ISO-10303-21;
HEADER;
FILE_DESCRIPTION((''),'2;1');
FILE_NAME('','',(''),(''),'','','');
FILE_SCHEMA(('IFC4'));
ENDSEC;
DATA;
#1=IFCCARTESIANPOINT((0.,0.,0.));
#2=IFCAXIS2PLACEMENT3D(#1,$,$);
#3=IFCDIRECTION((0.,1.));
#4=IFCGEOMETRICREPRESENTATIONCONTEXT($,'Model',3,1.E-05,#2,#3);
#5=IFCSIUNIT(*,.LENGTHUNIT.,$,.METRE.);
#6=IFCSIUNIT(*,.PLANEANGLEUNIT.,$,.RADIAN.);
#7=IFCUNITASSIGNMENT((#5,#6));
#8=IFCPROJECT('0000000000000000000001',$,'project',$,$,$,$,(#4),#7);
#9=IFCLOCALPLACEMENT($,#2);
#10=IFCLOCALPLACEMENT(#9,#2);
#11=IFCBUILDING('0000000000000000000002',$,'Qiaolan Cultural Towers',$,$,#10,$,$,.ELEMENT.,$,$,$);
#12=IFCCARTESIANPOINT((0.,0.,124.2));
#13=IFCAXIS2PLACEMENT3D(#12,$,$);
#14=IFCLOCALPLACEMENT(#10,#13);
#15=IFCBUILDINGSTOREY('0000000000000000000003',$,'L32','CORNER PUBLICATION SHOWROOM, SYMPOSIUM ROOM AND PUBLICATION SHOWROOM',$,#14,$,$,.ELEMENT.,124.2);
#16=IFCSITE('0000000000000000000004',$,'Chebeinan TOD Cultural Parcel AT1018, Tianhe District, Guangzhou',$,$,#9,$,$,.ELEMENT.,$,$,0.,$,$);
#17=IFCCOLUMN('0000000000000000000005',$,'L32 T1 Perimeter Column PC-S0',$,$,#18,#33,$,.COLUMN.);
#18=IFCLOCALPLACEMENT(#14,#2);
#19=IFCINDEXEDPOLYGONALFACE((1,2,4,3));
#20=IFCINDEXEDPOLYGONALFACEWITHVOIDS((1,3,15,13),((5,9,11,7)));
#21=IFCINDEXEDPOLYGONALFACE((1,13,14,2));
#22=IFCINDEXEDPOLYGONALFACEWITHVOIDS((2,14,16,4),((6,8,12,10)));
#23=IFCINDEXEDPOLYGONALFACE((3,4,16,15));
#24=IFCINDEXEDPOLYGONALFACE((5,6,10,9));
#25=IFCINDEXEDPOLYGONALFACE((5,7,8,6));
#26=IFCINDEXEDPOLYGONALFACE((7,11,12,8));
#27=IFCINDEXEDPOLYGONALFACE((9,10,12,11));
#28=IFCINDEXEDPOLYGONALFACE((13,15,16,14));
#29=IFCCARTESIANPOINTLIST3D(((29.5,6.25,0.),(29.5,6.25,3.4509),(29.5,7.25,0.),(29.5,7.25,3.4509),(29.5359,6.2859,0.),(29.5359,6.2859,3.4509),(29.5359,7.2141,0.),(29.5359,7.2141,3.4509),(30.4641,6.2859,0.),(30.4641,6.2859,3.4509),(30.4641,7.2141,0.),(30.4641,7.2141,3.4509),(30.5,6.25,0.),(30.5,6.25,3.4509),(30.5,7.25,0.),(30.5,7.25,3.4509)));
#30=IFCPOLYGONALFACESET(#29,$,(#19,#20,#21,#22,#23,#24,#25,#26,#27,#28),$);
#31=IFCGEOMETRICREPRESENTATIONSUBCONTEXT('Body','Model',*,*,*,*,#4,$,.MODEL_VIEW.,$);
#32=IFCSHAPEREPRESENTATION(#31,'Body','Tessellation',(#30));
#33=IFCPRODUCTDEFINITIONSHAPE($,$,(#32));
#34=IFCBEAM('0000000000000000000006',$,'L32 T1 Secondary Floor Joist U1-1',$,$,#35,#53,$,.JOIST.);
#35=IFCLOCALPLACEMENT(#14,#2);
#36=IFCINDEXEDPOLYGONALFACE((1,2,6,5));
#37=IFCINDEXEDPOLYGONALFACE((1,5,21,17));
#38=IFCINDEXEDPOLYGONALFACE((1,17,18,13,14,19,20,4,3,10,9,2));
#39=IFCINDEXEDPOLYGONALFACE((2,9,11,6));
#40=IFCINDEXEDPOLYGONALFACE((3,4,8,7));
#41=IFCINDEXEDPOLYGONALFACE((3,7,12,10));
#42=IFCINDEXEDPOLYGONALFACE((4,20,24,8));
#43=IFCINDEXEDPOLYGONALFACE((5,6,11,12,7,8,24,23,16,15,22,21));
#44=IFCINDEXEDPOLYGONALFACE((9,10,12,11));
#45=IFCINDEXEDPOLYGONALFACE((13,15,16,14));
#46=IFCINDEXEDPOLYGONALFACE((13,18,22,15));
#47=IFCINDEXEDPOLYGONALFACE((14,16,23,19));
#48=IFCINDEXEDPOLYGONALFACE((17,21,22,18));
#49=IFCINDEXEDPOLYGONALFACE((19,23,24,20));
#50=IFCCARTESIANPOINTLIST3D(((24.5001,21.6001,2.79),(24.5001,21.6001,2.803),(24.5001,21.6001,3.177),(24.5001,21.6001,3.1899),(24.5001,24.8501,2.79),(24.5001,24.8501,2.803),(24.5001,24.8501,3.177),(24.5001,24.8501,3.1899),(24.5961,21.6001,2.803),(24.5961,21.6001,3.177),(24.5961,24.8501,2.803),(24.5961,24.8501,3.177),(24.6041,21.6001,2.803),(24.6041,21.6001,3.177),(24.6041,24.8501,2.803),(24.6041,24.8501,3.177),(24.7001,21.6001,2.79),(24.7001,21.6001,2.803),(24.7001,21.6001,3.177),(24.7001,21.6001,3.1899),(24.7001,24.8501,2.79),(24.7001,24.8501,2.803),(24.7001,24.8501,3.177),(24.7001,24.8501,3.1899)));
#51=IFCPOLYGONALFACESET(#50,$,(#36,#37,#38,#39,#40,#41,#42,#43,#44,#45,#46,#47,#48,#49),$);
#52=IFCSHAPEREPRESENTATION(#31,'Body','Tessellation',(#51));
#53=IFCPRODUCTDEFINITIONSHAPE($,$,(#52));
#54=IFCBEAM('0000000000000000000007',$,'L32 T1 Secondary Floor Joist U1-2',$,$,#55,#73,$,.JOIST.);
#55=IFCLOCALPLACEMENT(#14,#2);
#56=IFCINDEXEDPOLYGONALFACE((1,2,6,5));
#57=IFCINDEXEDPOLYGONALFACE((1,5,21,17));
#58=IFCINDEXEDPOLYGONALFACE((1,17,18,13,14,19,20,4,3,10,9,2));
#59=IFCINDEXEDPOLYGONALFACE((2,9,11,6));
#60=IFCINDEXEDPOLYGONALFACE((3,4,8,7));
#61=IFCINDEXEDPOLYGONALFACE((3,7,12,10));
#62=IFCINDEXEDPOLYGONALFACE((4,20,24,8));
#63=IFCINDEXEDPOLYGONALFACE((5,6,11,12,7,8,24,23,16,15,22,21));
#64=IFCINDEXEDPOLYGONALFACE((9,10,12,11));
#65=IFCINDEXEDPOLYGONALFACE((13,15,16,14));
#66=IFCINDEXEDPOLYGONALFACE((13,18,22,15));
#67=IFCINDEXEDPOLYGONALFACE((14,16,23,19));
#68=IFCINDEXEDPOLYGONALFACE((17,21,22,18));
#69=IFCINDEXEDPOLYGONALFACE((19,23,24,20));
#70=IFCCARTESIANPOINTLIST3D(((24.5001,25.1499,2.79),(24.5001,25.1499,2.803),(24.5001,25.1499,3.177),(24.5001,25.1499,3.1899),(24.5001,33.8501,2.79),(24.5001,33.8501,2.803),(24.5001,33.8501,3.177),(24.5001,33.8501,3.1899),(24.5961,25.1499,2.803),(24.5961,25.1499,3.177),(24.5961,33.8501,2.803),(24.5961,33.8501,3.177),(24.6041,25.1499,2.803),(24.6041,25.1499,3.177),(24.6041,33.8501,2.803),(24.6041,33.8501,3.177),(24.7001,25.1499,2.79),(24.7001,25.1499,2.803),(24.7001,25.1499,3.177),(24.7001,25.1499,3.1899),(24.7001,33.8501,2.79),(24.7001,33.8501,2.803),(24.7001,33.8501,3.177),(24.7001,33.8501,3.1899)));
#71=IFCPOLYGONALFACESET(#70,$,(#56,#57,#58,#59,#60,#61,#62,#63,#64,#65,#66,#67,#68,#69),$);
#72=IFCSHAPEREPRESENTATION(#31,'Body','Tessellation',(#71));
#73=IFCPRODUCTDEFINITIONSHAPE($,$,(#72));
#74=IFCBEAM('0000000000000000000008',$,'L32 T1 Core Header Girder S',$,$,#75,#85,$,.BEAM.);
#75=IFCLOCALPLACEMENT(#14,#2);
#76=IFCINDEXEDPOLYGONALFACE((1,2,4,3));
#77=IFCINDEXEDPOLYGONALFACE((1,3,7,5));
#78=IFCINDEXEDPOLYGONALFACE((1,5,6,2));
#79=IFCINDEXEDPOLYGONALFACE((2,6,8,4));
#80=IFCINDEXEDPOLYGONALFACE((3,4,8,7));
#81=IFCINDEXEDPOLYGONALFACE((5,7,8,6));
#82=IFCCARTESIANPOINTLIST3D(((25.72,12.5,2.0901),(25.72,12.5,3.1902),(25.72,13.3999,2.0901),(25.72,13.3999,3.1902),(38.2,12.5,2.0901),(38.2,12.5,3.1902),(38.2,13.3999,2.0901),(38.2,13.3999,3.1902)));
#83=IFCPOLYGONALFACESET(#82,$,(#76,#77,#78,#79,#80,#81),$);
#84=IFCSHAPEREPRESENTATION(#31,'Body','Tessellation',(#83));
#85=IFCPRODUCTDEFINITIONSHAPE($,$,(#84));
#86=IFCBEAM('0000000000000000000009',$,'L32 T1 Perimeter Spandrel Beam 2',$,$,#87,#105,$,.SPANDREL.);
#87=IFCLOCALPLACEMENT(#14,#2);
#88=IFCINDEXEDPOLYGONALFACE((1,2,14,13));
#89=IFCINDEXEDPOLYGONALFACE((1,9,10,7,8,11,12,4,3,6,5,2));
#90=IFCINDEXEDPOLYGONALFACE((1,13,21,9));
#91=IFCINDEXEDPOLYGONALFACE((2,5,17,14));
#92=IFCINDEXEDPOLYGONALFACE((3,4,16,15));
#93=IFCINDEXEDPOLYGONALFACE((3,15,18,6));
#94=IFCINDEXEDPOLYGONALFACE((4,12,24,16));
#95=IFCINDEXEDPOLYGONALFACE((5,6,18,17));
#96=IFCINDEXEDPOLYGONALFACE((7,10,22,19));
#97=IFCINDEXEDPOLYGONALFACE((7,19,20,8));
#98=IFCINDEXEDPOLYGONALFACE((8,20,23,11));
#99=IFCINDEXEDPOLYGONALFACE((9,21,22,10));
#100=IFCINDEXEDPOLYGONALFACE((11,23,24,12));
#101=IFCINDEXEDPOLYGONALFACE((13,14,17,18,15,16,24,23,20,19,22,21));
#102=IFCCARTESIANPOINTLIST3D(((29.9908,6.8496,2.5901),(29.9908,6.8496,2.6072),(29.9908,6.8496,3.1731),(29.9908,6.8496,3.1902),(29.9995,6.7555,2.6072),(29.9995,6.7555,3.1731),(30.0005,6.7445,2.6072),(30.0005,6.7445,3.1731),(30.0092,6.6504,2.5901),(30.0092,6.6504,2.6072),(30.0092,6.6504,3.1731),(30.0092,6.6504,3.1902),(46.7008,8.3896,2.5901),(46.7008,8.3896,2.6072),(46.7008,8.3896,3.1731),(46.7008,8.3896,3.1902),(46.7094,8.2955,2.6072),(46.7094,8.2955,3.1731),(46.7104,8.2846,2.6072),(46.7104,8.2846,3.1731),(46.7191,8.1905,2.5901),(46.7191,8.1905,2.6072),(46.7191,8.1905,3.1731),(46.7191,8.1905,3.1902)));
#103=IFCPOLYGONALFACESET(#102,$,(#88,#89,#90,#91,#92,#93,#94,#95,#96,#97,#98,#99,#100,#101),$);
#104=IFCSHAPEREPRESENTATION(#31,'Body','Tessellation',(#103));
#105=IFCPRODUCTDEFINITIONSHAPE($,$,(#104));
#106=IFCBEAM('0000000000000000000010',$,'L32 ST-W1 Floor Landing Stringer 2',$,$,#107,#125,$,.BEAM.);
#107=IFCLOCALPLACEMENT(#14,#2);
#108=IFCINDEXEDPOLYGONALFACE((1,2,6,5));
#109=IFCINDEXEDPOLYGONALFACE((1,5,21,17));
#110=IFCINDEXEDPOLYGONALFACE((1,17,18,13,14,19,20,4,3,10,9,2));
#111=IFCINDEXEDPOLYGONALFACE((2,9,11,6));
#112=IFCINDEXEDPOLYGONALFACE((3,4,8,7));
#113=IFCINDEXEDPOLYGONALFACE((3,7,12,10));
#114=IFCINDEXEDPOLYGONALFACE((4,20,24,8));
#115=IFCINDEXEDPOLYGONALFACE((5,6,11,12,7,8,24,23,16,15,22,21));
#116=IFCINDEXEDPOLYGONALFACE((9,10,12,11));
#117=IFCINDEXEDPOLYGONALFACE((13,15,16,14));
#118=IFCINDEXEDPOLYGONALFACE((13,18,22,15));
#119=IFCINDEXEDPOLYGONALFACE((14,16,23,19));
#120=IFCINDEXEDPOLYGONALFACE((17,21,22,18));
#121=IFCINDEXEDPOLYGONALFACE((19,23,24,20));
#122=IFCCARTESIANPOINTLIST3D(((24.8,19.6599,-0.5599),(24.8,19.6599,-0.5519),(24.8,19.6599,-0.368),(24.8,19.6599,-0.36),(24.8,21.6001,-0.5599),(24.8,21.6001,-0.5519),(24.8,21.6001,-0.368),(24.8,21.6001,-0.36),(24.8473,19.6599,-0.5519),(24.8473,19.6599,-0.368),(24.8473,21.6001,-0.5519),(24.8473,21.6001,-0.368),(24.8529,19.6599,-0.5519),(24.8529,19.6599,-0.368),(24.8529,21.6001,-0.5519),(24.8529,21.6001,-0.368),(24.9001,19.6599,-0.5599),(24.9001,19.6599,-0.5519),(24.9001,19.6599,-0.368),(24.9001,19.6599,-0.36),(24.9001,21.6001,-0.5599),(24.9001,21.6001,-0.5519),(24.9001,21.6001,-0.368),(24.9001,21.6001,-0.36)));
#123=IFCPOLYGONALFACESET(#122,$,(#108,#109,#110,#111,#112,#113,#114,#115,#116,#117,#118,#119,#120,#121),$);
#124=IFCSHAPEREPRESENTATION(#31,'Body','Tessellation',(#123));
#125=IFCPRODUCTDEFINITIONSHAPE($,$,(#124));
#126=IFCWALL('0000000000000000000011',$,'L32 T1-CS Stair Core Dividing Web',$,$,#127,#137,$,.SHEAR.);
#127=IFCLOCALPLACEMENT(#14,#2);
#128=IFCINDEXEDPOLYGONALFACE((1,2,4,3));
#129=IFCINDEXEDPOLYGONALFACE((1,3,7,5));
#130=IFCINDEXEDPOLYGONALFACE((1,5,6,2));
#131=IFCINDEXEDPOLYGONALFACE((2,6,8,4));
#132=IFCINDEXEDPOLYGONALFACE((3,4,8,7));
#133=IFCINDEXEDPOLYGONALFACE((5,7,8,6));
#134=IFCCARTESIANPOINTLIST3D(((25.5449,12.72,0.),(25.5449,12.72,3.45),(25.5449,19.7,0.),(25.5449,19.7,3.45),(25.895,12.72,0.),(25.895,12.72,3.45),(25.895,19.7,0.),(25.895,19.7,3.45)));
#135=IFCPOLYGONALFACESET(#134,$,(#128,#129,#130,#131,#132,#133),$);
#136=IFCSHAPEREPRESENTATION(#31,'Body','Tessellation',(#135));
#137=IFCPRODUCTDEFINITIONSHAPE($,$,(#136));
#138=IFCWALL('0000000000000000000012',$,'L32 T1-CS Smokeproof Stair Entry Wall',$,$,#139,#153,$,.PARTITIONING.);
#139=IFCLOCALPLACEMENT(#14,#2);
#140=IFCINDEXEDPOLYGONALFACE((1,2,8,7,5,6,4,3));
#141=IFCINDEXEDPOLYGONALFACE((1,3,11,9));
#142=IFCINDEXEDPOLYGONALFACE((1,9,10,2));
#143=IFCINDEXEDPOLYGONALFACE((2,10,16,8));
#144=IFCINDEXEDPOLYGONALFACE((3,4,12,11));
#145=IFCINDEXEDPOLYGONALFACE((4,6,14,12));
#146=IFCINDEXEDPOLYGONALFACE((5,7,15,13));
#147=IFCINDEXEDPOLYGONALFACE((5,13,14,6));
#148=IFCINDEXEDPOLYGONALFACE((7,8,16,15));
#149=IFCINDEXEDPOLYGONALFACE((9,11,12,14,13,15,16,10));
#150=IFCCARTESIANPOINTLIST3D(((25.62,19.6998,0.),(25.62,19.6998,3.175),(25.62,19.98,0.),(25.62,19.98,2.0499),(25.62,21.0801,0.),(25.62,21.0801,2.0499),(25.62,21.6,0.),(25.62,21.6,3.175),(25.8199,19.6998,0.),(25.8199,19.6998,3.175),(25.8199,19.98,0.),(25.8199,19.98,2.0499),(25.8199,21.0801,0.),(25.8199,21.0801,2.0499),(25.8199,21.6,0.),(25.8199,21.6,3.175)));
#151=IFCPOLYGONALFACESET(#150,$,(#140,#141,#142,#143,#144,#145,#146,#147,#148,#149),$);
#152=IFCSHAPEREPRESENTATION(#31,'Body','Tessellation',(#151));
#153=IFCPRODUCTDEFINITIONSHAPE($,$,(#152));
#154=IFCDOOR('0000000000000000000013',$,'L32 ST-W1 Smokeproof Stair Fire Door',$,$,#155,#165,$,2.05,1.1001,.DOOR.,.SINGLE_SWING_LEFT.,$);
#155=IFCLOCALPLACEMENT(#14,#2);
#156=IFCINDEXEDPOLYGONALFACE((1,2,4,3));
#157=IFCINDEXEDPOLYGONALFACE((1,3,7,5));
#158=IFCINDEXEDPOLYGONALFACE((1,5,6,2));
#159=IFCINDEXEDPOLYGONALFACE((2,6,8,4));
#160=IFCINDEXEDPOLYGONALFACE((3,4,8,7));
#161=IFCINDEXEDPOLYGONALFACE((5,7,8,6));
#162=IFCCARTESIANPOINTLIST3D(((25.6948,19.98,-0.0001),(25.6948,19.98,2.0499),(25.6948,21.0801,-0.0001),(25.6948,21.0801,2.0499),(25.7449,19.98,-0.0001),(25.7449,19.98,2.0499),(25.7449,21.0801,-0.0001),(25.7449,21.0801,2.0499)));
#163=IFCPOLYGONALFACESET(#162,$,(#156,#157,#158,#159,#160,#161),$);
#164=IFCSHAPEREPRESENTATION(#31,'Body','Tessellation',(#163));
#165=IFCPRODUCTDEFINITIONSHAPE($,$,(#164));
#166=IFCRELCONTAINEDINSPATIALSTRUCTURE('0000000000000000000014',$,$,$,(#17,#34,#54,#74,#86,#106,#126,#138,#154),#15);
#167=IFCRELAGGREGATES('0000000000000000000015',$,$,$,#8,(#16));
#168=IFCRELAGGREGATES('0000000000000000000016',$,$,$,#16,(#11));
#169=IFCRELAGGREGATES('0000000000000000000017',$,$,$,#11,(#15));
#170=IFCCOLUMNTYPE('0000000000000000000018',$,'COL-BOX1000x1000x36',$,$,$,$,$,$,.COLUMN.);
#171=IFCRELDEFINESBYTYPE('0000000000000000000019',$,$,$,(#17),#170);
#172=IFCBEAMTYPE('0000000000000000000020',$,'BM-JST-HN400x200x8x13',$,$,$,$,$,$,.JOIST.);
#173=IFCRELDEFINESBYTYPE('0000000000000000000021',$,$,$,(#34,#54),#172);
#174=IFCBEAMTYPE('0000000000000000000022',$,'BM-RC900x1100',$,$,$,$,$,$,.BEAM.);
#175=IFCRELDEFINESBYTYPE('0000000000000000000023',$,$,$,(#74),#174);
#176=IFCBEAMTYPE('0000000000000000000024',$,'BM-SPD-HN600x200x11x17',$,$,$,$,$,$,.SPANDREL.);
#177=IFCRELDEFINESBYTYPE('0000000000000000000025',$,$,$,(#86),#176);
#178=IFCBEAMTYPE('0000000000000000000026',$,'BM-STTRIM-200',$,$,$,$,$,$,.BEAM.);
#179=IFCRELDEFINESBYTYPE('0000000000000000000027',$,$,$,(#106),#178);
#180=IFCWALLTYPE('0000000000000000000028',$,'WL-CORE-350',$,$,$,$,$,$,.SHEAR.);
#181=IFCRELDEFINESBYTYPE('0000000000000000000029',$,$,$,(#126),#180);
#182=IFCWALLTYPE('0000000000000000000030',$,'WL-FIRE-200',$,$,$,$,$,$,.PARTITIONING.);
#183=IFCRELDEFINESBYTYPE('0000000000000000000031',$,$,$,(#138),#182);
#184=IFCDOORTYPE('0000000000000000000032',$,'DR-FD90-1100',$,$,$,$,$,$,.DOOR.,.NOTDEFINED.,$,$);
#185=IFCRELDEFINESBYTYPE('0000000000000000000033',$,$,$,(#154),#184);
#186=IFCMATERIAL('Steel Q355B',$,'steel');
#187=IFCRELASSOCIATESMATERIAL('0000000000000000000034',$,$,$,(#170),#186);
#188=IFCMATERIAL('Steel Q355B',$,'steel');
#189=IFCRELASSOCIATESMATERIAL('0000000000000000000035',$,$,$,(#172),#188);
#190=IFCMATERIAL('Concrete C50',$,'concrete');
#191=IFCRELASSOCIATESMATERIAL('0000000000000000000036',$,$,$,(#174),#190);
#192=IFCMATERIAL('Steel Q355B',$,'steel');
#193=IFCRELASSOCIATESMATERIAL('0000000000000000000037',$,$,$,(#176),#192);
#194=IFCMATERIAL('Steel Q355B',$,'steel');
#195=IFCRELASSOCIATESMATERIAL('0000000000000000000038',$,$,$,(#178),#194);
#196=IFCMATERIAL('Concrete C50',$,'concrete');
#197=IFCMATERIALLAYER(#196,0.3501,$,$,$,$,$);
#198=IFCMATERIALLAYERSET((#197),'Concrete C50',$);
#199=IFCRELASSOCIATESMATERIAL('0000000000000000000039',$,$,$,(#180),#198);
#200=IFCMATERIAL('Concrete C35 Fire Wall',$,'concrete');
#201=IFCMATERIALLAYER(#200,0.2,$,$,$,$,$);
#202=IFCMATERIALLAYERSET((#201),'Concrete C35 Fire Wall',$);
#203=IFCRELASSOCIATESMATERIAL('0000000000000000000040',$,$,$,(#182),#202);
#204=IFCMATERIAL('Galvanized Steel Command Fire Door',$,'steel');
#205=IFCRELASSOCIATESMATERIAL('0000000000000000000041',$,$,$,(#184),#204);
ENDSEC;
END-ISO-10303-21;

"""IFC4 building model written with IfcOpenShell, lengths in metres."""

from ifc_helpers import new_model, si_unit, direction, frame, frame_2d, origin, origin_2d, place, context, subcontext, project, spatial, rectangle, hollow_rectangle, i_section, extrude, material, layer, layer_set, material_profile, profile_set, type_object, element, fill, save


model = new_model("IFC4")

# Units and contexts
model_context = context("Model", 3, precision=1e-05, world=origin(), true_north=direction((0.0, 1.0)))
body_context = subcontext(model_context, "Body", "Model", "MODEL_VIEW")
ifc_project = project(units=[si_unit("LENGTHUNIT", "METRE"), si_unit("PLANEANGLEUNIT", "RADIAN")], contexts=[model_context])

# Site, building, storey
site_placement = place(None, origin())
site = spatial("IfcSite", under=ifc_project, at=site_placement, Name="Chebeinan TOD Cultural Parcel AT1018, Tianhe District, Guangzhou", CompositionType="ELEMENT", RefElevation=0.0)
building_placement = place(site_placement, origin())
building = spatial("IfcBuilding", under=site, at=building_placement, Name="Qiaolan Cultural Towers", CompositionType="ELEMENT")
storey_placement = place(building_placement, frame((0.0, 0.0, 124.2)))
storey = spatial("IfcBuildingStorey", under=building, at=storey_placement, Name="L32", Description="CORNER PUBLICATION SHOWROOM, SYMPOSIUM ROOM AND PUBLICATION SHOWROOM", CompositionType="ELEMENT", Elevation=124.2)

# Column
ifc_material_1 = material(Name="Steel Q355B", Category="steel")
ifc_material_profile_1 = material_profile(ifc_material_1, hollow_rectangle(XDim=1.0, YDim=1.0, WallThickness=0.0359, at=origin_2d()), Name="BOX1000x1000x36")
ifc_profile_set_1 = profile_set([ifc_material_profile_1], Name="Steel Q355B")
column_type = type_object("IfcColumnType", Name="COL-BOX1000x1000x36", PredefinedType="COLUMN", material=ifc_profile_set_1)
column_placement = place(storey_placement, frame((30.0, 6.75, 0.0), z_axis=(0.0, 0.0, 1.0), x_axis=(1.0, 0.0, 0.0)))
element("IfcColumn", 1, at=column_placement, inside=storey, type_object=column_type, Name="L32 T1 Perimeter Column PC-S0", PredefinedType="COLUMN", context=body_context, shape_type="SweptSolid", body=[
    extrude(hollow_rectangle(XDim=1.0, YDim=1.0, WallThickness=0.0359, at=origin_2d()), origin(), (0.0, 0.0, 1.0), 3.4509),
])

# Beams
ifc_material_2 = material(Name="Steel Q355B", Category="steel")
ifc_material_profile_2 = material_profile(ifc_material_2, i_section(OverallWidth=0.2, OverallDepth=0.3999, WebThickness=0.0081, FlangeThickness=0.0129, at=origin_2d()), Name="HN400x200x8x13")
ifc_profile_set_2 = profile_set([ifc_material_profile_2], Name="Steel Q355B")
beam_type_1 = type_object("IfcBeamType", Name="BM-JST-HN400x200x8x13", PredefinedType="JOIST", material=ifc_profile_set_2)
beam_1_placement = place(storey_placement, frame((24.6001, 21.6001, 2.99), z_axis=(0.0, 1.0, 0.0), x_axis=(-1.0, 0.0, 0.0)))
element("IfcBeam", 2, at=beam_1_placement, inside=storey, type_object=beam_type_1, Name="L32 T1 Secondary Floor Joist U1-1", PredefinedType="JOIST", context=body_context, shape_type="SweptSolid", body=[
    extrude(i_section(OverallWidth=0.2, OverallDepth=0.3999, WebThickness=0.0081, FlangeThickness=0.0129, at=origin_2d()), origin(), (0.0, 0.0, 1.0), 3.25),
])
beam_2_placement = place(storey_placement, frame((24.6001, 25.1499, 2.99), z_axis=(0.0, 1.0, 0.0), x_axis=(-1.0, 0.0, 0.0)))
element("IfcBeam", 3, at=beam_2_placement, inside=storey, type_object=beam_type_1, Name="L32 T1 Secondary Floor Joist U1-2", PredefinedType="JOIST", context=body_context, shape_type="SweptSolid", body=[
    extrude(i_section(OverallWidth=0.2, OverallDepth=0.3999, WebThickness=0.0081, FlangeThickness=0.0129, at=origin_2d()), origin(), (0.0, 0.0, 1.0), 8.7002),
])
ifc_material_3 = material(Name="Concrete C50", Category="concrete")
ifc_material_profile_3 = material_profile(ifc_material_3, rectangle(XDim=0.8999, YDim=1.1001, at=origin_2d()), Name="RC900x1100")
ifc_profile_set_3 = profile_set([ifc_material_profile_3], Name="Concrete C50")
beam_type_2 = type_object("IfcBeamType", Name="BM-RC900x1100", PredefinedType="BEAM", material=ifc_profile_set_3)
beam_3_placement = place(storey_placement, frame((25.72, 12.95, 2.6401), z_axis=(1.0, 0.0, 0.0), x_axis=(0.0, 1.0, 0.0)))
element("IfcBeam", 4, at=beam_3_placement, inside=storey, type_object=beam_type_2, Name="L32 T1 Core Header Girder S", PredefinedType="BEAM", context=body_context, shape_type="SweptSolid", body=[
    extrude(rectangle(XDim=0.8999, YDim=1.1001, at=origin_2d()), origin(), (0.0, 0.0, 1.0), 12.48),
])
ifc_material_4 = material(Name="Steel Q355B", Category="steel")
ifc_material_profile_4 = material_profile(ifc_material_4, i_section(OverallWidth=0.2, OverallDepth=0.6001, WebThickness=0.011, FlangeThickness=0.0171, at=origin_2d()), Name="HN600x200x11x17")
ifc_profile_set_4 = profile_set([ifc_material_profile_4], Name="Steel Q355B")
beam_type_3 = type_object("IfcBeamType", Name="BM-SPD-HN600x200x11x17", PredefinedType="SPANDREL", material=ifc_profile_set_4)
beam_4_placement = place(storey_placement, frame((30.0, 6.75, 2.8901), z_axis=(0.99578, 0.091774, 0.0), x_axis=(-0.091774, 0.99578, 0.0)))
element("IfcBeam", 5, at=beam_4_placement, inside=storey, type_object=beam_type_3, Name="L32 T1 Perimeter Spandrel Beam 2", PredefinedType="SPANDREL", context=body_context, shape_type="SweptSolid", body=[
    extrude(i_section(OverallWidth=0.2, OverallDepth=0.6001, WebThickness=0.011, FlangeThickness=0.0171, at=origin_2d()), origin(), (0.0, 0.0, 1.0), 16.7808),
])
ifc_material_5 = material(Name="Steel Q355B", Category="steel")
ifc_material_profile_5 = material_profile(ifc_material_5, i_section(OverallWidth=0.1001, OverallDepth=0.2, WebThickness=0.0056, FlangeThickness=0.0081, at=origin_2d()), Name="HN200x100x5.5x8")
ifc_profile_set_5 = profile_set([ifc_material_profile_5], Name="Steel Q355B")
beam_type_4 = type_object("IfcBeamType", Name="BM-STTRIM-200", PredefinedType="BEAM", material=ifc_profile_set_5)
beam_5_placement = place(storey_placement, frame((24.8501, 21.6001, -0.46), z_axis=(0.0, -1.0, 0.0), x_axis=(1.0, 0.0, 0.0)))
element("IfcBeam", 6, at=beam_5_placement, inside=storey, type_object=beam_type_4, Name="L32 ST-W1 Floor Landing Stringer 2", PredefinedType="BEAM", context=body_context, shape_type="SweptSolid", body=[
    extrude(i_section(OverallWidth=0.1001, OverallDepth=0.2, WebThickness=0.0056, FlangeThickness=0.0081, at=origin_2d()), origin(), (0.0, 0.0, 1.0), 1.9402),
])

# Wall
ifc_material_6 = material(Name="Concrete C50", Category="concrete")
ifc_layer_1 = layer(ifc_material_6, 0.3501)
ifc_layer_set_1 = layer_set([ifc_layer_1], Name="Concrete C50")
wall_type_1 = type_object("IfcWallType", Name="WL-CORE-350", PredefinedType="SHEAR", material=ifc_layer_set_1)
wall_1_placement = place(storey_placement, frame((25.72, 19.7, 0.0), z_axis=(0.0, 0.0, 1.0), x_axis=(0.0, -1.0, 0.0)))
element("IfcWall", 7, at=wall_1_placement, inside=storey, type_object=wall_type_1, Name="L32 T1-CS Stair Core Dividing Web", PredefinedType="SHEAR", context=body_context, shape_type="SweptSolid", body=[
    extrude(rectangle(XDim=6.98, YDim=0.3501, at=frame_2d((3.49, 0.0))), origin(), (0.0, 0.0, 1.0), 3.45),
])

# Wall, opening, door
ifc_material_7 = material(Name="Concrete C35 Fire Wall", Category="concrete")
ifc_layer_2 = layer(ifc_material_7, 0.2)
ifc_layer_set_2 = layer_set([ifc_layer_2], Name="Concrete C35 Fire Wall")
wall_type_2 = type_object("IfcWallType", Name="WL-FIRE-200", PredefinedType="PARTITIONING", material=ifc_layer_set_2)
wall_2_placement = place(storey_placement, frame((25.72, 21.6001, 0.0), z_axis=(0.0, 0.0, 1.0), x_axis=(0.0, -1.0, 0.0)))
wall_2 = element("IfcWall", 8, at=wall_2_placement, inside=storey, type_object=wall_type_2, Name="L32 T1-CS Smokeproof Stair Entry Wall", PredefinedType="PARTITIONING", context=body_context, shape_type="SweptSolid", body=[
    extrude(rectangle(XDim=1.9001, YDim=0.2, at=frame_2d((0.9502, 0.0))), origin(), (0.0, 0.0, 1.0), 3.175),
])
opening_1_placement = place(wall_2_placement, frame((0.52, 0.0, 0.0)))
opening_1 = element("IfcOpeningElement", 9, at=opening_1_placement, cuts=wall_2, PredefinedType="OPENING", context=body_context, shape_type="SweptSolid", body=[
    extrude(rectangle(XDim=1.1001, YDim=2.05, at=frame_2d((0.55, 1.0249))), frame((0.0, 0.1099, 0.0), z_axis=(0.0, -1.0, 0.0), x_axis=(1.0, 0.0, 0.0)), (0.0, 0.0, 1.0), 0.22),
])
ifc_material_8 = material(Name="Galvanized Steel Command Fire Door", Category="steel")
door_type_1 = type_object("IfcDoorType", Name="DR-FD90-1100", OperationType="NOTDEFINED", PredefinedType="DOOR", material=ifc_material_8)
door_1_placement = place(opening_1_placement, origin())
door_1 = element("IfcDoor", 10, at=door_1_placement, inside=storey, type_object=door_type_1, Name="L32 ST-W1 Smokeproof Stair Fire Door", OperationType="SINGLE_SWING_LEFT", OverallHeight=2.05, OverallWidth=1.1001, PredefinedType="DOOR", context=body_context, shape_type="SweptSolid", body=[
    extrude(rectangle(XDim=1.1001, YDim=2.05, at=frame_2d((0.55, 1.0249))), frame((0.0, 0.0249, 0.0), z_axis=(0.0, -1.0, 0.0), x_axis=(1.0, 0.0, 0.0)), (0.0, 0.0, 1.0), 0.05),
])
fill(opening_1, door_1)

save(model, "model.ifc")
